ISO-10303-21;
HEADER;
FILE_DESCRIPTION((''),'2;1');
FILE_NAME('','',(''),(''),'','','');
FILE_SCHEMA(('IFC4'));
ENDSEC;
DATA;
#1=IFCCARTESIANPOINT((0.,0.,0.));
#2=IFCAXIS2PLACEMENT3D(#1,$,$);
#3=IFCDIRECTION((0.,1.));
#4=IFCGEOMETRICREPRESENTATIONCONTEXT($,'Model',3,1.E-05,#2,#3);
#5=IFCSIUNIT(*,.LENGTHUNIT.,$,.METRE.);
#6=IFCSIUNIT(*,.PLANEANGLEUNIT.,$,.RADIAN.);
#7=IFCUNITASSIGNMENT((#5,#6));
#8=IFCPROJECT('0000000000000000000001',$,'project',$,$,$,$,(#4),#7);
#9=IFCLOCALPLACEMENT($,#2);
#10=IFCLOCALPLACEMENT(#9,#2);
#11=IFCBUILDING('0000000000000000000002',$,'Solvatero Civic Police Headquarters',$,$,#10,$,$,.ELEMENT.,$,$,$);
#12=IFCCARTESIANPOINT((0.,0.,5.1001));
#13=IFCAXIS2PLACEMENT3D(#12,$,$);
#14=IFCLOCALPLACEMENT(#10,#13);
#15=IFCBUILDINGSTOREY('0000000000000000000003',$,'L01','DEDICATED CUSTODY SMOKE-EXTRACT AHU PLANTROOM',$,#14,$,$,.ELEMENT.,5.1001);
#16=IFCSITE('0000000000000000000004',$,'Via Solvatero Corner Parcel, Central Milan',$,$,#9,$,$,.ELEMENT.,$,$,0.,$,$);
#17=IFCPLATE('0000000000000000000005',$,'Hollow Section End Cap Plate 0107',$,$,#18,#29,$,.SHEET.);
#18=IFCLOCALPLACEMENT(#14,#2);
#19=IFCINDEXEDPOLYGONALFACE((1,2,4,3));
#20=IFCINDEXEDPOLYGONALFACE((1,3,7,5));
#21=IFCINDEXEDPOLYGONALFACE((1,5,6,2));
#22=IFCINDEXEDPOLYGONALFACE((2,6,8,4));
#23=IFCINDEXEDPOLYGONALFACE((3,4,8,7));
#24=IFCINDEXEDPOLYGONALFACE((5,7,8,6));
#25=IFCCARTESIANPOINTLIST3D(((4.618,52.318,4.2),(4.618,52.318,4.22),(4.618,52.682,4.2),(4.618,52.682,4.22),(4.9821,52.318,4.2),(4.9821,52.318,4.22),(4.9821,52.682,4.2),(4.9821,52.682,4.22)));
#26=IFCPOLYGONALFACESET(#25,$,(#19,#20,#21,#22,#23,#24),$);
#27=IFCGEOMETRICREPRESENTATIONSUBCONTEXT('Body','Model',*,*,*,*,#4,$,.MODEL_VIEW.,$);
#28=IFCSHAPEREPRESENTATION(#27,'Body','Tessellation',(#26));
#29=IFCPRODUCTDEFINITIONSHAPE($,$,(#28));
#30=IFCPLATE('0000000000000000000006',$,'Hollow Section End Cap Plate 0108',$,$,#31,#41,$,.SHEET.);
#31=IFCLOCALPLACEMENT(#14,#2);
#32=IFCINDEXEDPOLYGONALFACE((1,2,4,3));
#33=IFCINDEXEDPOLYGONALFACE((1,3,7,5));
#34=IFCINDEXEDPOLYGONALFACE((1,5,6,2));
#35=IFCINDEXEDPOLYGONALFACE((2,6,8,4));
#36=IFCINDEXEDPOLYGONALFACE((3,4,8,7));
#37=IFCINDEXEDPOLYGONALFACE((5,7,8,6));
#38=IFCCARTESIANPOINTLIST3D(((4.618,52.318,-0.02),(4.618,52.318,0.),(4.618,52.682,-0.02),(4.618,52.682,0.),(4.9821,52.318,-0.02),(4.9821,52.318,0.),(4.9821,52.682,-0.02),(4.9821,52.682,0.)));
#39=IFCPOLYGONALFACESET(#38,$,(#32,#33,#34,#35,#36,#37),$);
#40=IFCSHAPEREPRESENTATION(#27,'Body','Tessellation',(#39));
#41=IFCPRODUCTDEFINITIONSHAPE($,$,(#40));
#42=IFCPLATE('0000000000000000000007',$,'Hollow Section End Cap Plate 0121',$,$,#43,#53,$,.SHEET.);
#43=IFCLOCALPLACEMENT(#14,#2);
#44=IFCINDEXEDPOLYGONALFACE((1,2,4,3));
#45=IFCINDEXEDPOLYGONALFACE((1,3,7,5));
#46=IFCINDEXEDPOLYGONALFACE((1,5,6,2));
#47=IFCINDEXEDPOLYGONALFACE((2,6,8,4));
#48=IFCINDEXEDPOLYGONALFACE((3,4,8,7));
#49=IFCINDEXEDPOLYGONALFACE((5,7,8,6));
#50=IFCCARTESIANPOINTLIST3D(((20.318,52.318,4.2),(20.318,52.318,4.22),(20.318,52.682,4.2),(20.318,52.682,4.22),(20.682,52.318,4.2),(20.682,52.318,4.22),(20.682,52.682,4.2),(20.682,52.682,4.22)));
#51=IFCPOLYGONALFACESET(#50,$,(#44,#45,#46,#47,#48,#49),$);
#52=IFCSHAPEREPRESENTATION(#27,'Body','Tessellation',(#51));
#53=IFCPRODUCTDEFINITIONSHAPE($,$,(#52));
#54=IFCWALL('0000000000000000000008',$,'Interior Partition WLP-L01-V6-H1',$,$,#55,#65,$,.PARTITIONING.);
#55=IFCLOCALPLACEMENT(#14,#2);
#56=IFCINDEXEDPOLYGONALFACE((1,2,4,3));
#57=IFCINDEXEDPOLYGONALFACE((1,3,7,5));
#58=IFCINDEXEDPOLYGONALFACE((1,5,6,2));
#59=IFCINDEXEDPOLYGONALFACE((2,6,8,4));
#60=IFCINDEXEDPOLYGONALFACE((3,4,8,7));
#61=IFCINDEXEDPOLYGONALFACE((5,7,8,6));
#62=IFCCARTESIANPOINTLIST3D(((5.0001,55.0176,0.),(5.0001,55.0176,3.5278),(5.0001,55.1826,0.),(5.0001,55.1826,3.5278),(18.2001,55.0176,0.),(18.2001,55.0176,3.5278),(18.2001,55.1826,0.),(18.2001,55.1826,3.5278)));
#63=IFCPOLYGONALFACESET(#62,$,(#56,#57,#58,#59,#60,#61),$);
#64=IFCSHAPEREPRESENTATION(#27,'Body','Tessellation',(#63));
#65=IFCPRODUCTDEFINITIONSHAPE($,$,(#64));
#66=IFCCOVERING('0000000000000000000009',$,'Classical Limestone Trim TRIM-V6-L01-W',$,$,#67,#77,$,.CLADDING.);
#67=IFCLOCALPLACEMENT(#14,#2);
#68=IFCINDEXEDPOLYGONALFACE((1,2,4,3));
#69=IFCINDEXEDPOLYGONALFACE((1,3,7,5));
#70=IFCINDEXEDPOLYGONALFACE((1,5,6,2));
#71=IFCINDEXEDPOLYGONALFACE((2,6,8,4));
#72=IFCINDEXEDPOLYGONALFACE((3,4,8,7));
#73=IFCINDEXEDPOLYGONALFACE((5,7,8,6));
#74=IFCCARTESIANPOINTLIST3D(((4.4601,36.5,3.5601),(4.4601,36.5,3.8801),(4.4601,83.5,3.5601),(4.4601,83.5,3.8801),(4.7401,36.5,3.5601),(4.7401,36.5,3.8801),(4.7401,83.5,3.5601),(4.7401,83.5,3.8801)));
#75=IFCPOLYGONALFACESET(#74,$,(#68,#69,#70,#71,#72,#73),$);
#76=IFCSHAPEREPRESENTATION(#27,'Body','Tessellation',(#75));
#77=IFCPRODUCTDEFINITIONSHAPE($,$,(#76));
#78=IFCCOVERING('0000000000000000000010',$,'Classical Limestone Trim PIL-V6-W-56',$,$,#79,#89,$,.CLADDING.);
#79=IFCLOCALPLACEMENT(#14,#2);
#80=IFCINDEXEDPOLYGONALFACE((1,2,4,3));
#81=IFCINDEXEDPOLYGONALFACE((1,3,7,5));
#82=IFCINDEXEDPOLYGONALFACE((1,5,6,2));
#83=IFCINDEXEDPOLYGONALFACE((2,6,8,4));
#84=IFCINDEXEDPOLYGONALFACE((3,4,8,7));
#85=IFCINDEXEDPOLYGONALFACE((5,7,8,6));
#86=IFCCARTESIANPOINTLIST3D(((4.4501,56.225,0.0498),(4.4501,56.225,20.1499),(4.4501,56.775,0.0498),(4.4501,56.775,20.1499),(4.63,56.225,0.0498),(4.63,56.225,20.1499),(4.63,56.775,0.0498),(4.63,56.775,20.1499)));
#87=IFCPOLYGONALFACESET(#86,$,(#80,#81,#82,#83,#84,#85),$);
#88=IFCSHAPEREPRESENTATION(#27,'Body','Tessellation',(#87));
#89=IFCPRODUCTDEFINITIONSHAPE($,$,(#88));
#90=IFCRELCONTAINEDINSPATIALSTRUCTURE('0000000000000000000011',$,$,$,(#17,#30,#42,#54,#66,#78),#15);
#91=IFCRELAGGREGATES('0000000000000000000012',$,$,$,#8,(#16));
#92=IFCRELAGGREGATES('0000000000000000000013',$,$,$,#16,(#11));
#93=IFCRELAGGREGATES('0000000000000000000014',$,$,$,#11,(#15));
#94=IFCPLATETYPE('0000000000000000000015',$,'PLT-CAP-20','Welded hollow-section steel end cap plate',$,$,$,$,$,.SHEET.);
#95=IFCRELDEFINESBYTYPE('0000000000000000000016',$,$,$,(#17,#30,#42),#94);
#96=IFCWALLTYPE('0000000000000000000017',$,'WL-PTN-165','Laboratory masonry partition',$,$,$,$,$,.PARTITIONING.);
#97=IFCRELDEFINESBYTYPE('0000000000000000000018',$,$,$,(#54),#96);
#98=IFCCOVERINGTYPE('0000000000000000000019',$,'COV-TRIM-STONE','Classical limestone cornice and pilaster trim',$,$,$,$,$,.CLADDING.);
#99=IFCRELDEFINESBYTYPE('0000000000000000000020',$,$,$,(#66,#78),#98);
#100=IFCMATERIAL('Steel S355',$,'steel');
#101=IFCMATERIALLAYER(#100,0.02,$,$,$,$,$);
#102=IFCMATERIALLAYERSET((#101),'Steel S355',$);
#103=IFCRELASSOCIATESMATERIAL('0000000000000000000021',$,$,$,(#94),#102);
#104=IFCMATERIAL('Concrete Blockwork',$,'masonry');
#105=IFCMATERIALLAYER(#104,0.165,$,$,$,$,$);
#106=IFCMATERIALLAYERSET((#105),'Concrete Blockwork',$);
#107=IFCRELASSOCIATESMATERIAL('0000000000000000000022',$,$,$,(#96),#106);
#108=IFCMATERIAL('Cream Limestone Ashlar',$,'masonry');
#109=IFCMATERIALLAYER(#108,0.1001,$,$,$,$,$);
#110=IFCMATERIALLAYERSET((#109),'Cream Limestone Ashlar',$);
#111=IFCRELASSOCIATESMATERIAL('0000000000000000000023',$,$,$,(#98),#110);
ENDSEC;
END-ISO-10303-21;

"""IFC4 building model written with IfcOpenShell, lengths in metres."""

from ifc_helpers import new_model, si_unit, direction, frame, frame_2d, origin, origin_2d, place, context, subcontext, project, spatial, rectangle, extrude, material, layer, layer_set, type_object, element, save


model = new_model("IFC4")

# Units and contexts
model_context = context("Model", 3, precision=1e-05, world=origin(), true_north=direction((0.0, 1.0)))
body_context = subcontext(model_context, "Body", "Model", "MODEL_VIEW")
ifc_project = project(units=[si_unit("LENGTHUNIT", "METRE"), si_unit("PLANEANGLEUNIT", "RADIAN")], contexts=[model_context])

# Site, building, storey
site_placement = place(None, origin())
site = spatial("IfcSite", under=ifc_project, at=site_placement, Name="Via Solvatero Corner Parcel, Central Milan", CompositionType="ELEMENT", RefElevation=0.0)
building_placement = place(site_placement, origin())
building = spatial("IfcBuilding", under=site, at=building_placement, Name="Solvatero Civic Police Headquarters", CompositionType="ELEMENT")
storey_placement = place(building_placement, frame((0.0, 0.0, 5.1001)))
storey = spatial("IfcBuildingStorey", under=building, at=storey_placement, Name="L01", Description="DEDICATED CUSTODY SMOKE-EXTRACT AHU PLANTROOM", CompositionType="ELEMENT", Elevation=5.1001)

# Shared definitions
ifc_material_1 = material(Name="Steel S355", Category="steel")

# Plates
ifc_layer_1 = layer(ifc_material_1, 0.02)
ifc_layer_set_1 = layer_set([ifc_layer_1], Name="Steel S355")
plate_type = type_object("IfcPlateType", Name="PLT-CAP-20", Description="Welded hollow-section steel end cap plate", PredefinedType="SHEET", material=ifc_layer_set_1)
for number, where, z_axis, x_axis, name in (
    (1, (4.8, 52.5, 4.2), (0.0, 0.0, 1.0), (1.0, 0.0, 0.0), "Hollow Section End Cap Plate 0107"),
    (2, (4.8, 52.5, -0.02), (0.0, 0.0, 1.0), (1.0, 0.0, 0.0), "Hollow Section End Cap Plate 0108"),
    (3, (20.5, 52.5, 4.2), (0.0, 0.0, 1.0), (1.0, 0.0, 0.0), "Hollow Section End Cap Plate 0121"),
):
    element("IfcPlate", number, at=place(storey_placement, frame(where, z_axis=z_axis, x_axis=x_axis)), inside=storey, type_object=plate_type, Name=name, PredefinedType="SHEET", context=body_context, shape_type="SweptSolid", body=[
        extrude(rectangle(XDim=0.364, YDim=0.364, at=origin_2d()), origin(), (0.0, 0.0, 1.0), 0.02),
    ])

# Wall
ifc_material_2 = material(Name="Concrete Blockwork", Category="masonry")
ifc_layer_2 = layer(ifc_material_2, 0.165)
ifc_layer_set_2 = layer_set([ifc_layer_2], Name="Concrete Blockwork")
wall_type = type_object("IfcWallType", Name="WL-PTN-165", Description="Laboratory masonry partition", PredefinedType="PARTITIONING", material=ifc_layer_set_2)
wall_placement = place(storey_placement, frame((5.0, 55.1001, 0.0), z_axis=(0.0, 0.0, 1.0), x_axis=(1.0, 0.0, 0.0)))
element("IfcWall", 4, at=wall_placement, inside=storey, type_object=wall_type, Name="Interior Partition WLP-L01-V6-H1", PredefinedType="PARTITIONING", context=body_context, shape_type="SweptSolid", body=[
    extrude(rectangle(XDim=13.2, YDim=0.165, at=frame_2d((6.6001, 0.0))), origin(), (0.0, 0.0, 1.0), 3.5278),
])

# Coverings
ifc_material_3 = material(Name="Cream Limestone Ashlar", Category="masonry")
ifc_layer_3 = layer(ifc_material_3, 0.1001)
ifc_layer_set_3 = layer_set([ifc_layer_3], Name="Cream Limestone Ashlar")
covering_type = type_object("IfcCoveringType", Name="COV-TRIM-STONE", Description="Classical limestone cornice and pilaster trim", PredefinedType="CLADDING", material=ifc_layer_set_3)
covering_1_placement = place(storey_placement, frame((4.6001, 60.0, 3.5601), z_axis=(0.0, 0.0, 1.0), x_axis=(1.0, 0.0, 0.0)))
element("IfcCovering", 5, at=covering_1_placement, inside=storey, type_object=covering_type, Name="Classical Limestone Trim TRIM-V6-L01-W", PredefinedType="CLADDING", context=body_context, shape_type="SweptSolid", body=[
    extrude(rectangle(XDim=0.28, YDim=47.0, at=origin_2d()), origin(), (0.0, 0.0, 1.0), 0.3201),
])
covering_2_placement = place(storey_placement, frame((4.54, 56.5, 0.0498), z_axis=(0.0, 0.0, 1.0), x_axis=(1.0, 0.0, 0.0)))
element("IfcCovering", 6, at=covering_2_placement, inside=storey, type_object=covering_type, Name="Classical Limestone Trim PIL-V6-W-56", PredefinedType="CLADDING", context=body_context, shape_type="SweptSolid", body=[
    extrude(rectangle(XDim=0.1799, YDim=0.55, at=origin_2d()), origin(), (0.0, 0.0, 1.0), 20.1001),
])

save(model, "model.ifc")
